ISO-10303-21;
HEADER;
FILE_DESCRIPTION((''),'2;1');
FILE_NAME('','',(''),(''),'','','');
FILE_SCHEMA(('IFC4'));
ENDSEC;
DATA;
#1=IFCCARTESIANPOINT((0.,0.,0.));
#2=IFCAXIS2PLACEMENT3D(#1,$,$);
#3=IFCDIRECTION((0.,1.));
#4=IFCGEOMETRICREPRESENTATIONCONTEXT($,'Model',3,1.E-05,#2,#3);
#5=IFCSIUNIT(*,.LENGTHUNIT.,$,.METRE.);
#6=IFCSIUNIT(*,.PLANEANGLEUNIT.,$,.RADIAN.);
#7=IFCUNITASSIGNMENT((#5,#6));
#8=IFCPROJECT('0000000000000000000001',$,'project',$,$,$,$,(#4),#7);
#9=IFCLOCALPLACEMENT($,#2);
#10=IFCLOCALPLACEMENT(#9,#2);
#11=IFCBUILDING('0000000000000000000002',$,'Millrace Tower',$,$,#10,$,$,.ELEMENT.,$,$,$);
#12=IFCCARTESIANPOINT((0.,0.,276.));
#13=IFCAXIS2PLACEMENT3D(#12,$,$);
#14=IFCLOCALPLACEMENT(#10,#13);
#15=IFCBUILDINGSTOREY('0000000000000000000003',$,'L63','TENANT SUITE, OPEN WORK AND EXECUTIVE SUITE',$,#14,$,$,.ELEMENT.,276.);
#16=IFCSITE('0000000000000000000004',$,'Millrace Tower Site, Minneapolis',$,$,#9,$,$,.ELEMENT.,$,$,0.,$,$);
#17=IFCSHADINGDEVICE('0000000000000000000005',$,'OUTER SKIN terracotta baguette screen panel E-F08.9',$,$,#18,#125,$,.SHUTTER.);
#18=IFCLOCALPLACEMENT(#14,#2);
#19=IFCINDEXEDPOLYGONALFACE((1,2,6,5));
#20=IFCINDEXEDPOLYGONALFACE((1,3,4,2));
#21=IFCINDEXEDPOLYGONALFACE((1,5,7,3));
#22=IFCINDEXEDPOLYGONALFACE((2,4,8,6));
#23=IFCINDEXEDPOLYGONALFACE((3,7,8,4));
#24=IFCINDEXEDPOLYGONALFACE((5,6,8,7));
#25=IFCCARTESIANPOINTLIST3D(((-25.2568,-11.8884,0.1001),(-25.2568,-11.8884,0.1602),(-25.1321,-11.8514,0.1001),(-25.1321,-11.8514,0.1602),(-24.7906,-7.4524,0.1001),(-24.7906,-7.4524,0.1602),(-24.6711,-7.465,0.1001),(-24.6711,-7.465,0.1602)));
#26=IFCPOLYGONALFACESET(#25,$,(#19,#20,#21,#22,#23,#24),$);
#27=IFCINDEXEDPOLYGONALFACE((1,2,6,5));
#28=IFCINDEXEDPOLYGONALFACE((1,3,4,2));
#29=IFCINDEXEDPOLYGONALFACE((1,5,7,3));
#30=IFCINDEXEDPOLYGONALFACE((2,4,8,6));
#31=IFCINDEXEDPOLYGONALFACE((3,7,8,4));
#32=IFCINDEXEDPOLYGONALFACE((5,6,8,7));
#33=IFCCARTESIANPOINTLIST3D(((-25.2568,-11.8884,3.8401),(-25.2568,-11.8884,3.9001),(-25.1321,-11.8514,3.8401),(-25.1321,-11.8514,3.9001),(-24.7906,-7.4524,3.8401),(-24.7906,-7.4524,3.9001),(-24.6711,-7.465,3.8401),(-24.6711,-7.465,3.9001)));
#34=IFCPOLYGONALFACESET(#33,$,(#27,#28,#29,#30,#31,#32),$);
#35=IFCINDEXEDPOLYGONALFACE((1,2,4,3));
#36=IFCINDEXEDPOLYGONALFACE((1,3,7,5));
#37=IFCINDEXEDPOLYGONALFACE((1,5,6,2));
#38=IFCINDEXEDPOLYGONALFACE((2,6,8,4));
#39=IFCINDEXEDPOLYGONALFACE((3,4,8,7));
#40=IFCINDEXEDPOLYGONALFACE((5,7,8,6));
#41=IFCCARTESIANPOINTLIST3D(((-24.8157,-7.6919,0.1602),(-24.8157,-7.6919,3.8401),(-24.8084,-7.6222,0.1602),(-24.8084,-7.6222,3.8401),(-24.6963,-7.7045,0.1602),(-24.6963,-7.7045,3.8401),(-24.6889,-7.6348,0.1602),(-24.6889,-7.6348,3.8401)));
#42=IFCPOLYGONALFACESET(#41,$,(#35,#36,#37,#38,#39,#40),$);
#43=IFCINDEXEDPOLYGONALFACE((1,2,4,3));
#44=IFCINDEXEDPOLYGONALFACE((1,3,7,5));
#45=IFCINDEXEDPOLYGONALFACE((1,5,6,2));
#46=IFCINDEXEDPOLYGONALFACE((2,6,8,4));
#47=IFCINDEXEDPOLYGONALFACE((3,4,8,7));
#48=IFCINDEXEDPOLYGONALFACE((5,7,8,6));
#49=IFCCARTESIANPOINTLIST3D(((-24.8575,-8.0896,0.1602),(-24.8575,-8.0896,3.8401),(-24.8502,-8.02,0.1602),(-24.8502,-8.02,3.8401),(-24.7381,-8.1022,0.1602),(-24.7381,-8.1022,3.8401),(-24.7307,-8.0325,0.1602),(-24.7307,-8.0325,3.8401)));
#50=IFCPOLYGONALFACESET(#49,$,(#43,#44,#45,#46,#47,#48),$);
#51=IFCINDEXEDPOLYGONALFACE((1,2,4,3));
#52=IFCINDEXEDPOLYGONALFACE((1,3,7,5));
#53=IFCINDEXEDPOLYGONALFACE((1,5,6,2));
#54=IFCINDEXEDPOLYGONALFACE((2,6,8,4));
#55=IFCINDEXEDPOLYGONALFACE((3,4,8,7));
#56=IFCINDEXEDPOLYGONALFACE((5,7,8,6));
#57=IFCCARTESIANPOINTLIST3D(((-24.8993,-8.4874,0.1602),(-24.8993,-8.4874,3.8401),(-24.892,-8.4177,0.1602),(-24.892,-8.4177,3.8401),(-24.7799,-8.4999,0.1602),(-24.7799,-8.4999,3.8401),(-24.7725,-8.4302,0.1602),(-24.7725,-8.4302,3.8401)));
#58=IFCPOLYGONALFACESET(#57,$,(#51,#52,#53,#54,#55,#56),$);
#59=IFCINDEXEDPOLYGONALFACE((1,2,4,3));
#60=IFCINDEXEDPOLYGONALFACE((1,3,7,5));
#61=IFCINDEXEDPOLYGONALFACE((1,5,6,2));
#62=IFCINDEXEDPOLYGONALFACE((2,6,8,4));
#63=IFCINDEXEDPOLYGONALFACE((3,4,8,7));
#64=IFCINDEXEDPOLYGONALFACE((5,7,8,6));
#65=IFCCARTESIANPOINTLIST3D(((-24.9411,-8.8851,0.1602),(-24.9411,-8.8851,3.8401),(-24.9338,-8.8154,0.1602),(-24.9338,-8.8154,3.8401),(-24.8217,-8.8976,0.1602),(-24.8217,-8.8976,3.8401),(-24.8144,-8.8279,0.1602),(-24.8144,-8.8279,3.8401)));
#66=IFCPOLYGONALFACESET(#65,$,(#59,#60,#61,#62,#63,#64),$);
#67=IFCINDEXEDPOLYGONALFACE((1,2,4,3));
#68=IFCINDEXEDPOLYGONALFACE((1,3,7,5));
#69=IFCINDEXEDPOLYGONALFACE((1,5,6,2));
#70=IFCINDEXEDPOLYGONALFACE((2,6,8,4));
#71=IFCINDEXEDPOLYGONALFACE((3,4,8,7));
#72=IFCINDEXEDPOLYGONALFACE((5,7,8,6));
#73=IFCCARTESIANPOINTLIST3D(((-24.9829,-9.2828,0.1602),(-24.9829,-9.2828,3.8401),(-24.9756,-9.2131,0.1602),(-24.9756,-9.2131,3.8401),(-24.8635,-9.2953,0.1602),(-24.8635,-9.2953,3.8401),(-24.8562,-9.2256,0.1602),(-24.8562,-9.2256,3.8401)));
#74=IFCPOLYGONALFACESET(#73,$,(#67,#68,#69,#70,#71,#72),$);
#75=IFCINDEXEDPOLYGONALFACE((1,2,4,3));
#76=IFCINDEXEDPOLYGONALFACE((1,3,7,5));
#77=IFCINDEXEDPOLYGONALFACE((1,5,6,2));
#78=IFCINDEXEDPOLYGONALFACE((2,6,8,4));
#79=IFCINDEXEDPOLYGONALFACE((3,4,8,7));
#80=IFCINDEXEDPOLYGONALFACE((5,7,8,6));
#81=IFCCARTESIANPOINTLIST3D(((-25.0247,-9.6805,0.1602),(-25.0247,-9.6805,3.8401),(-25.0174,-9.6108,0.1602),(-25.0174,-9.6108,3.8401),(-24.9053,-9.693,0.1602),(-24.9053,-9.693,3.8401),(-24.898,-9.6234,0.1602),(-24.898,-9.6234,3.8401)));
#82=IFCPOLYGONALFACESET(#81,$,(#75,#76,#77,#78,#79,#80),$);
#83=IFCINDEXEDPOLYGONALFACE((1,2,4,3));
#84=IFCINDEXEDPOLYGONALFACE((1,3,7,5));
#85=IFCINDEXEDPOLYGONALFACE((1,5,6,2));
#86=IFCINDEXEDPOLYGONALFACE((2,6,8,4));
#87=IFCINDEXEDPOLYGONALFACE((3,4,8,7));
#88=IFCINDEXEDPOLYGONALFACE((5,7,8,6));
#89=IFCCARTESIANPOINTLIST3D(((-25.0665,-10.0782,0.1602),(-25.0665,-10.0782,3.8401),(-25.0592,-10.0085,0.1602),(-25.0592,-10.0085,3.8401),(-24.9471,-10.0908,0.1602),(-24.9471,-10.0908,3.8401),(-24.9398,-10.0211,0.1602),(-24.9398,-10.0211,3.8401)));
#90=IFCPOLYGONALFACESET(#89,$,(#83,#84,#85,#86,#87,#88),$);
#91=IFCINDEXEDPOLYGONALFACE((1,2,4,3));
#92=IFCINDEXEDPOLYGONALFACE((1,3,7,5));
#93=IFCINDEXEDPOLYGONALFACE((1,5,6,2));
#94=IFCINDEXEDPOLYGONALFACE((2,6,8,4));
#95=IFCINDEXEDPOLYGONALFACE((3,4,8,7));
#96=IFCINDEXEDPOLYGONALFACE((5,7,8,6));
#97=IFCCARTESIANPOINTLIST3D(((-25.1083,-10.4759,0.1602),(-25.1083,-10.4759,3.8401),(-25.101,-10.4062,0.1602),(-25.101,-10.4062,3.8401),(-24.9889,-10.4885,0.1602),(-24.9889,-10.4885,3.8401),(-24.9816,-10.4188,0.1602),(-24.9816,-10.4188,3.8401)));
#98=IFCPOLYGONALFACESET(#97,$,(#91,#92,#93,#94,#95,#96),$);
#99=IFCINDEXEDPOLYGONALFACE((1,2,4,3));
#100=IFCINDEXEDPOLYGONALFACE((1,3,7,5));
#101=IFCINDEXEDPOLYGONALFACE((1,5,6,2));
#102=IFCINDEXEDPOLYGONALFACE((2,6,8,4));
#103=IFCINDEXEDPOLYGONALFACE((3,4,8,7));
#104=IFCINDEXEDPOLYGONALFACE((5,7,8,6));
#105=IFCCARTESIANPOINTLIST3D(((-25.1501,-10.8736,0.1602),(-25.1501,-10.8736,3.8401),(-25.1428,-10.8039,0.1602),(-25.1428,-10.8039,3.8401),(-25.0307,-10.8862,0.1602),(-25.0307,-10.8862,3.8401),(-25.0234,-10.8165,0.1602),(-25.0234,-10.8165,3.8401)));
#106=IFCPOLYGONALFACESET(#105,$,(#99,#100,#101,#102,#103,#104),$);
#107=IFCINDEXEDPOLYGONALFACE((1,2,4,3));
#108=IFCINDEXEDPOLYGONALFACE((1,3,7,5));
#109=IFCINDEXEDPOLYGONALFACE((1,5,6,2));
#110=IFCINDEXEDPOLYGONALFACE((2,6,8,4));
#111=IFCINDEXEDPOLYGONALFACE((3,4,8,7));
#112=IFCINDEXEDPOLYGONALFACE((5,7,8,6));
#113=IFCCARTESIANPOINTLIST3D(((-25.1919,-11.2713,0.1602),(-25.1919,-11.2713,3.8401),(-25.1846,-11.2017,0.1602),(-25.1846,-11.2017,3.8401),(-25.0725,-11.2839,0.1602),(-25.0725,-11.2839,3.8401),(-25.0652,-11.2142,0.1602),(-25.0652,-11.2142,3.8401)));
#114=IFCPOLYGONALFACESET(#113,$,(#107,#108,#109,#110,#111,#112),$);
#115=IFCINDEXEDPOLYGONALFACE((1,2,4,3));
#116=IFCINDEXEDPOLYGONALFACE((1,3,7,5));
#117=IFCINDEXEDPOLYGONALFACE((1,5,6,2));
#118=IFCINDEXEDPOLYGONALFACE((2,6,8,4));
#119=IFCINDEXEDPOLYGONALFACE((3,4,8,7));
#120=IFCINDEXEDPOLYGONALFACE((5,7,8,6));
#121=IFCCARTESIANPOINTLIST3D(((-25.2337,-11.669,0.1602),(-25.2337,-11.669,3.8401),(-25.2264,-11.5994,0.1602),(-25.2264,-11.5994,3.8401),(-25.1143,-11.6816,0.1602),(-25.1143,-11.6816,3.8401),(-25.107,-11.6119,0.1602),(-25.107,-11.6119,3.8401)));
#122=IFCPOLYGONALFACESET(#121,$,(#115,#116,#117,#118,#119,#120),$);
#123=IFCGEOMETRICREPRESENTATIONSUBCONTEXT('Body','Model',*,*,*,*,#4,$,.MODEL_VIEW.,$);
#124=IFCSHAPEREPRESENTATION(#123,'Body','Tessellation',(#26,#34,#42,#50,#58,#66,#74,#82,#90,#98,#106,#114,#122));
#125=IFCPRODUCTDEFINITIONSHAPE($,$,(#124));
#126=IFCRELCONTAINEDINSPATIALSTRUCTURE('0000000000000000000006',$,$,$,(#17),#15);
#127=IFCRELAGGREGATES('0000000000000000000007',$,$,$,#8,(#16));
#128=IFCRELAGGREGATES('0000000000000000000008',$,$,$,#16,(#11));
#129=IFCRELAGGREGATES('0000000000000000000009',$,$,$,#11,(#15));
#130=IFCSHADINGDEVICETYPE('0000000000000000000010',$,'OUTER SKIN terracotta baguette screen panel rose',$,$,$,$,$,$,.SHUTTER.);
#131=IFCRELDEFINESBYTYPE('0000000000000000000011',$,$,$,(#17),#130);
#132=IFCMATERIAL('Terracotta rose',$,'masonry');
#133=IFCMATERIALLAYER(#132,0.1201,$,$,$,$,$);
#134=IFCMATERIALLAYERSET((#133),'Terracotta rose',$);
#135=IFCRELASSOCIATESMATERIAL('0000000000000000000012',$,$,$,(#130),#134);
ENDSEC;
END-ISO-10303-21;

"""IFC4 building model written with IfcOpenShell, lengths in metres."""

from ifc_helpers import new_model, entity, si_unit, direction, frame, frame_2d, origin, place, context, subcontext, project, spatial, rectangle, extrude, source, transform, mapped, material, layer, layer_set, type_object, element, save


model = new_model("IFC4")

# Units and contexts
model_context = context("Model", 3, precision=1e-05, world=origin(), true_north=direction((0.0, 1.0)))
body_context = subcontext(model_context, "Body", "Model", "MODEL_VIEW")
ifc_project = project(units=[si_unit("LENGTHUNIT", "METRE"), si_unit("PLANEANGLEUNIT", "RADIAN")], contexts=[model_context])

# Site, building, storey
site_placement = place(None, origin())
site = spatial("IfcSite", under=ifc_project, at=site_placement, Name="Millrace Tower Site, Minneapolis", CompositionType="ELEMENT", RefElevation=0.0)
building_placement = place(site_placement, origin())
building = spatial("IfcBuilding", under=site, at=building_placement, Name="Millrace Tower", CompositionType="ELEMENT")
storey_placement = place(building_placement, frame((0.0, 0.0, 276.0)))
storey = spatial("IfcBuildingStorey", under=building, at=storey_placement, Name="L63", Description="TENANT SUITE, OPEN WORK AND EXECUTIVE SUITE", CompositionType="ELEMENT", Elevation=276.0)

# Shading device
ifc_material_1 = material(Name="Terracotta rose", Category="masonry")
ifc_layer_1 = layer(ifc_material_1, 0.1201)
ifc_layer_set_1 = layer_set([ifc_layer_1], Name="Terracotta rose")
shading_device_type = type_object("IfcShadingDeviceType", Name="OUTER SKIN terracotta baguette screen panel rose", PredefinedType="SHUTTER", material=ifc_layer_set_1)
cartesian_point_1 = entity("IfcCartesianPoint", [-2.2178, 0.0601])
shared_polyline_1 = entity("IfcPolyline", [cartesian_point_1, entity("IfcCartesianPoint", [2.1929, 0.0601]), entity("IfcCartesianPoint", [2.2427, -0.0601]), entity("IfcCartesianPoint", [-2.2178, -0.0601]), cartesian_point_1])
shared_shape_1 = source(origin(), body_context, "Body", "SweptSolid", [
    entity("IfcExtrudedAreaSolid", entity("IfcArbitraryClosedProfileDef", "AREA", None, shared_polyline_1), entity("IfcAxis2Placement3D", entity("IfcCartesianPoint", [0.0, 0.0, 0.0])), entity("IfcDirection", [0.0, 0.0, 1.0]), 0.0601),
    entity("IfcExtrudedAreaSolid", entity("IfcArbitraryClosedProfileDef", "AREA", None, shared_polyline_1), entity("IfcAxis2Placement3D", entity("IfcCartesianPoint", [0.0, 0.0, 3.74])), entity("IfcDirection", [0.0, 0.0, 1.0]), 0.0601),
    extrude(rectangle(XDim=0.0701, YDim=0.1201, at=frame_2d((-2.012, 0.0))), frame((0.0, 0.0, 0.0601)), (0.0, 0.0, 1.0), 3.6799),
    extrude(rectangle(XDim=0.0701, YDim=0.1201, at=frame_2d((-1.6121, 0.0))), frame((0.0, 0.0, 0.0601)), (0.0, 0.0, 1.0), 3.6799),
    extrude(rectangle(XDim=0.0701, YDim=0.1201, at=frame_2d((-1.2122, 0.0))), frame((0.0, 0.0, 0.0601)), (0.0, 0.0, 1.0), 3.6799),
    extrude(rectangle(XDim=0.0701, YDim=0.1201, at=frame_2d((-0.8123, 0.0))), frame((0.0, 0.0, 0.0601)), (0.0, 0.0, 1.0), 3.6799),
    extrude(rectangle(XDim=0.0701, YDim=0.1201, at=frame_2d((-0.4124, 0.0))), frame((0.0, 0.0, 0.0601)), (0.0, 0.0, 1.0), 3.6799),
    extrude(rectangle(XDim=0.0701, YDim=0.1201, at=frame_2d((-0.0125, 0.0))), frame((0.0, 0.0, 0.0601)), (0.0, 0.0, 1.0), 3.6799),
    extrude(rectangle(XDim=0.0701, YDim=0.1201, at=frame_2d((0.3875, 0.0))), frame((0.0, 0.0, 0.0601)), (0.0, 0.0, 1.0), 3.6799),
    extrude(rectangle(XDim=0.0701, YDim=0.1201, at=frame_2d((0.7874, 0.0))), frame((0.0, 0.0, 0.0601)), (0.0, 0.0, 1.0), 3.6799),
    extrude(rectangle(XDim=0.0701, YDim=0.1201, at=frame_2d((1.1873, 0.0))), frame((0.0, 0.0, 0.0601)), (0.0, 0.0, 1.0), 3.6799),
    extrude(rectangle(XDim=0.0701, YDim=0.1201, at=frame_2d((1.5872, 0.0))), frame((0.0, 0.0, 0.0601)), (0.0, 0.0, 1.0), 3.6799),
    extrude(rectangle(XDim=0.0701, YDim=0.1201, at=frame_2d((1.9871, 0.0))), frame((0.0, 0.0, 0.0601)), (0.0, 0.0, 1.0), 3.6799),
])
shading_device_placement = place(storey_placement, frame((-24.9626, -9.6643, 0.1001), z_axis=(0.0, 0.0, 1.0), x_axis=(-0.104528, -0.994522, 0.0)))
element("IfcShadingDevice", 1, at=shading_device_placement, inside=storey, type_object=shading_device_type, Name="OUTER SKIN terracotta baguette screen panel E-F08.9", PredefinedType="SHUTTER", context=body_context, shape_type="MappedRepresentation", body=[
    mapped(shared_shape_1, transform((0.0, 0.0, 0.0), scale=1.0)),
])

save(model, "model.ifc")
